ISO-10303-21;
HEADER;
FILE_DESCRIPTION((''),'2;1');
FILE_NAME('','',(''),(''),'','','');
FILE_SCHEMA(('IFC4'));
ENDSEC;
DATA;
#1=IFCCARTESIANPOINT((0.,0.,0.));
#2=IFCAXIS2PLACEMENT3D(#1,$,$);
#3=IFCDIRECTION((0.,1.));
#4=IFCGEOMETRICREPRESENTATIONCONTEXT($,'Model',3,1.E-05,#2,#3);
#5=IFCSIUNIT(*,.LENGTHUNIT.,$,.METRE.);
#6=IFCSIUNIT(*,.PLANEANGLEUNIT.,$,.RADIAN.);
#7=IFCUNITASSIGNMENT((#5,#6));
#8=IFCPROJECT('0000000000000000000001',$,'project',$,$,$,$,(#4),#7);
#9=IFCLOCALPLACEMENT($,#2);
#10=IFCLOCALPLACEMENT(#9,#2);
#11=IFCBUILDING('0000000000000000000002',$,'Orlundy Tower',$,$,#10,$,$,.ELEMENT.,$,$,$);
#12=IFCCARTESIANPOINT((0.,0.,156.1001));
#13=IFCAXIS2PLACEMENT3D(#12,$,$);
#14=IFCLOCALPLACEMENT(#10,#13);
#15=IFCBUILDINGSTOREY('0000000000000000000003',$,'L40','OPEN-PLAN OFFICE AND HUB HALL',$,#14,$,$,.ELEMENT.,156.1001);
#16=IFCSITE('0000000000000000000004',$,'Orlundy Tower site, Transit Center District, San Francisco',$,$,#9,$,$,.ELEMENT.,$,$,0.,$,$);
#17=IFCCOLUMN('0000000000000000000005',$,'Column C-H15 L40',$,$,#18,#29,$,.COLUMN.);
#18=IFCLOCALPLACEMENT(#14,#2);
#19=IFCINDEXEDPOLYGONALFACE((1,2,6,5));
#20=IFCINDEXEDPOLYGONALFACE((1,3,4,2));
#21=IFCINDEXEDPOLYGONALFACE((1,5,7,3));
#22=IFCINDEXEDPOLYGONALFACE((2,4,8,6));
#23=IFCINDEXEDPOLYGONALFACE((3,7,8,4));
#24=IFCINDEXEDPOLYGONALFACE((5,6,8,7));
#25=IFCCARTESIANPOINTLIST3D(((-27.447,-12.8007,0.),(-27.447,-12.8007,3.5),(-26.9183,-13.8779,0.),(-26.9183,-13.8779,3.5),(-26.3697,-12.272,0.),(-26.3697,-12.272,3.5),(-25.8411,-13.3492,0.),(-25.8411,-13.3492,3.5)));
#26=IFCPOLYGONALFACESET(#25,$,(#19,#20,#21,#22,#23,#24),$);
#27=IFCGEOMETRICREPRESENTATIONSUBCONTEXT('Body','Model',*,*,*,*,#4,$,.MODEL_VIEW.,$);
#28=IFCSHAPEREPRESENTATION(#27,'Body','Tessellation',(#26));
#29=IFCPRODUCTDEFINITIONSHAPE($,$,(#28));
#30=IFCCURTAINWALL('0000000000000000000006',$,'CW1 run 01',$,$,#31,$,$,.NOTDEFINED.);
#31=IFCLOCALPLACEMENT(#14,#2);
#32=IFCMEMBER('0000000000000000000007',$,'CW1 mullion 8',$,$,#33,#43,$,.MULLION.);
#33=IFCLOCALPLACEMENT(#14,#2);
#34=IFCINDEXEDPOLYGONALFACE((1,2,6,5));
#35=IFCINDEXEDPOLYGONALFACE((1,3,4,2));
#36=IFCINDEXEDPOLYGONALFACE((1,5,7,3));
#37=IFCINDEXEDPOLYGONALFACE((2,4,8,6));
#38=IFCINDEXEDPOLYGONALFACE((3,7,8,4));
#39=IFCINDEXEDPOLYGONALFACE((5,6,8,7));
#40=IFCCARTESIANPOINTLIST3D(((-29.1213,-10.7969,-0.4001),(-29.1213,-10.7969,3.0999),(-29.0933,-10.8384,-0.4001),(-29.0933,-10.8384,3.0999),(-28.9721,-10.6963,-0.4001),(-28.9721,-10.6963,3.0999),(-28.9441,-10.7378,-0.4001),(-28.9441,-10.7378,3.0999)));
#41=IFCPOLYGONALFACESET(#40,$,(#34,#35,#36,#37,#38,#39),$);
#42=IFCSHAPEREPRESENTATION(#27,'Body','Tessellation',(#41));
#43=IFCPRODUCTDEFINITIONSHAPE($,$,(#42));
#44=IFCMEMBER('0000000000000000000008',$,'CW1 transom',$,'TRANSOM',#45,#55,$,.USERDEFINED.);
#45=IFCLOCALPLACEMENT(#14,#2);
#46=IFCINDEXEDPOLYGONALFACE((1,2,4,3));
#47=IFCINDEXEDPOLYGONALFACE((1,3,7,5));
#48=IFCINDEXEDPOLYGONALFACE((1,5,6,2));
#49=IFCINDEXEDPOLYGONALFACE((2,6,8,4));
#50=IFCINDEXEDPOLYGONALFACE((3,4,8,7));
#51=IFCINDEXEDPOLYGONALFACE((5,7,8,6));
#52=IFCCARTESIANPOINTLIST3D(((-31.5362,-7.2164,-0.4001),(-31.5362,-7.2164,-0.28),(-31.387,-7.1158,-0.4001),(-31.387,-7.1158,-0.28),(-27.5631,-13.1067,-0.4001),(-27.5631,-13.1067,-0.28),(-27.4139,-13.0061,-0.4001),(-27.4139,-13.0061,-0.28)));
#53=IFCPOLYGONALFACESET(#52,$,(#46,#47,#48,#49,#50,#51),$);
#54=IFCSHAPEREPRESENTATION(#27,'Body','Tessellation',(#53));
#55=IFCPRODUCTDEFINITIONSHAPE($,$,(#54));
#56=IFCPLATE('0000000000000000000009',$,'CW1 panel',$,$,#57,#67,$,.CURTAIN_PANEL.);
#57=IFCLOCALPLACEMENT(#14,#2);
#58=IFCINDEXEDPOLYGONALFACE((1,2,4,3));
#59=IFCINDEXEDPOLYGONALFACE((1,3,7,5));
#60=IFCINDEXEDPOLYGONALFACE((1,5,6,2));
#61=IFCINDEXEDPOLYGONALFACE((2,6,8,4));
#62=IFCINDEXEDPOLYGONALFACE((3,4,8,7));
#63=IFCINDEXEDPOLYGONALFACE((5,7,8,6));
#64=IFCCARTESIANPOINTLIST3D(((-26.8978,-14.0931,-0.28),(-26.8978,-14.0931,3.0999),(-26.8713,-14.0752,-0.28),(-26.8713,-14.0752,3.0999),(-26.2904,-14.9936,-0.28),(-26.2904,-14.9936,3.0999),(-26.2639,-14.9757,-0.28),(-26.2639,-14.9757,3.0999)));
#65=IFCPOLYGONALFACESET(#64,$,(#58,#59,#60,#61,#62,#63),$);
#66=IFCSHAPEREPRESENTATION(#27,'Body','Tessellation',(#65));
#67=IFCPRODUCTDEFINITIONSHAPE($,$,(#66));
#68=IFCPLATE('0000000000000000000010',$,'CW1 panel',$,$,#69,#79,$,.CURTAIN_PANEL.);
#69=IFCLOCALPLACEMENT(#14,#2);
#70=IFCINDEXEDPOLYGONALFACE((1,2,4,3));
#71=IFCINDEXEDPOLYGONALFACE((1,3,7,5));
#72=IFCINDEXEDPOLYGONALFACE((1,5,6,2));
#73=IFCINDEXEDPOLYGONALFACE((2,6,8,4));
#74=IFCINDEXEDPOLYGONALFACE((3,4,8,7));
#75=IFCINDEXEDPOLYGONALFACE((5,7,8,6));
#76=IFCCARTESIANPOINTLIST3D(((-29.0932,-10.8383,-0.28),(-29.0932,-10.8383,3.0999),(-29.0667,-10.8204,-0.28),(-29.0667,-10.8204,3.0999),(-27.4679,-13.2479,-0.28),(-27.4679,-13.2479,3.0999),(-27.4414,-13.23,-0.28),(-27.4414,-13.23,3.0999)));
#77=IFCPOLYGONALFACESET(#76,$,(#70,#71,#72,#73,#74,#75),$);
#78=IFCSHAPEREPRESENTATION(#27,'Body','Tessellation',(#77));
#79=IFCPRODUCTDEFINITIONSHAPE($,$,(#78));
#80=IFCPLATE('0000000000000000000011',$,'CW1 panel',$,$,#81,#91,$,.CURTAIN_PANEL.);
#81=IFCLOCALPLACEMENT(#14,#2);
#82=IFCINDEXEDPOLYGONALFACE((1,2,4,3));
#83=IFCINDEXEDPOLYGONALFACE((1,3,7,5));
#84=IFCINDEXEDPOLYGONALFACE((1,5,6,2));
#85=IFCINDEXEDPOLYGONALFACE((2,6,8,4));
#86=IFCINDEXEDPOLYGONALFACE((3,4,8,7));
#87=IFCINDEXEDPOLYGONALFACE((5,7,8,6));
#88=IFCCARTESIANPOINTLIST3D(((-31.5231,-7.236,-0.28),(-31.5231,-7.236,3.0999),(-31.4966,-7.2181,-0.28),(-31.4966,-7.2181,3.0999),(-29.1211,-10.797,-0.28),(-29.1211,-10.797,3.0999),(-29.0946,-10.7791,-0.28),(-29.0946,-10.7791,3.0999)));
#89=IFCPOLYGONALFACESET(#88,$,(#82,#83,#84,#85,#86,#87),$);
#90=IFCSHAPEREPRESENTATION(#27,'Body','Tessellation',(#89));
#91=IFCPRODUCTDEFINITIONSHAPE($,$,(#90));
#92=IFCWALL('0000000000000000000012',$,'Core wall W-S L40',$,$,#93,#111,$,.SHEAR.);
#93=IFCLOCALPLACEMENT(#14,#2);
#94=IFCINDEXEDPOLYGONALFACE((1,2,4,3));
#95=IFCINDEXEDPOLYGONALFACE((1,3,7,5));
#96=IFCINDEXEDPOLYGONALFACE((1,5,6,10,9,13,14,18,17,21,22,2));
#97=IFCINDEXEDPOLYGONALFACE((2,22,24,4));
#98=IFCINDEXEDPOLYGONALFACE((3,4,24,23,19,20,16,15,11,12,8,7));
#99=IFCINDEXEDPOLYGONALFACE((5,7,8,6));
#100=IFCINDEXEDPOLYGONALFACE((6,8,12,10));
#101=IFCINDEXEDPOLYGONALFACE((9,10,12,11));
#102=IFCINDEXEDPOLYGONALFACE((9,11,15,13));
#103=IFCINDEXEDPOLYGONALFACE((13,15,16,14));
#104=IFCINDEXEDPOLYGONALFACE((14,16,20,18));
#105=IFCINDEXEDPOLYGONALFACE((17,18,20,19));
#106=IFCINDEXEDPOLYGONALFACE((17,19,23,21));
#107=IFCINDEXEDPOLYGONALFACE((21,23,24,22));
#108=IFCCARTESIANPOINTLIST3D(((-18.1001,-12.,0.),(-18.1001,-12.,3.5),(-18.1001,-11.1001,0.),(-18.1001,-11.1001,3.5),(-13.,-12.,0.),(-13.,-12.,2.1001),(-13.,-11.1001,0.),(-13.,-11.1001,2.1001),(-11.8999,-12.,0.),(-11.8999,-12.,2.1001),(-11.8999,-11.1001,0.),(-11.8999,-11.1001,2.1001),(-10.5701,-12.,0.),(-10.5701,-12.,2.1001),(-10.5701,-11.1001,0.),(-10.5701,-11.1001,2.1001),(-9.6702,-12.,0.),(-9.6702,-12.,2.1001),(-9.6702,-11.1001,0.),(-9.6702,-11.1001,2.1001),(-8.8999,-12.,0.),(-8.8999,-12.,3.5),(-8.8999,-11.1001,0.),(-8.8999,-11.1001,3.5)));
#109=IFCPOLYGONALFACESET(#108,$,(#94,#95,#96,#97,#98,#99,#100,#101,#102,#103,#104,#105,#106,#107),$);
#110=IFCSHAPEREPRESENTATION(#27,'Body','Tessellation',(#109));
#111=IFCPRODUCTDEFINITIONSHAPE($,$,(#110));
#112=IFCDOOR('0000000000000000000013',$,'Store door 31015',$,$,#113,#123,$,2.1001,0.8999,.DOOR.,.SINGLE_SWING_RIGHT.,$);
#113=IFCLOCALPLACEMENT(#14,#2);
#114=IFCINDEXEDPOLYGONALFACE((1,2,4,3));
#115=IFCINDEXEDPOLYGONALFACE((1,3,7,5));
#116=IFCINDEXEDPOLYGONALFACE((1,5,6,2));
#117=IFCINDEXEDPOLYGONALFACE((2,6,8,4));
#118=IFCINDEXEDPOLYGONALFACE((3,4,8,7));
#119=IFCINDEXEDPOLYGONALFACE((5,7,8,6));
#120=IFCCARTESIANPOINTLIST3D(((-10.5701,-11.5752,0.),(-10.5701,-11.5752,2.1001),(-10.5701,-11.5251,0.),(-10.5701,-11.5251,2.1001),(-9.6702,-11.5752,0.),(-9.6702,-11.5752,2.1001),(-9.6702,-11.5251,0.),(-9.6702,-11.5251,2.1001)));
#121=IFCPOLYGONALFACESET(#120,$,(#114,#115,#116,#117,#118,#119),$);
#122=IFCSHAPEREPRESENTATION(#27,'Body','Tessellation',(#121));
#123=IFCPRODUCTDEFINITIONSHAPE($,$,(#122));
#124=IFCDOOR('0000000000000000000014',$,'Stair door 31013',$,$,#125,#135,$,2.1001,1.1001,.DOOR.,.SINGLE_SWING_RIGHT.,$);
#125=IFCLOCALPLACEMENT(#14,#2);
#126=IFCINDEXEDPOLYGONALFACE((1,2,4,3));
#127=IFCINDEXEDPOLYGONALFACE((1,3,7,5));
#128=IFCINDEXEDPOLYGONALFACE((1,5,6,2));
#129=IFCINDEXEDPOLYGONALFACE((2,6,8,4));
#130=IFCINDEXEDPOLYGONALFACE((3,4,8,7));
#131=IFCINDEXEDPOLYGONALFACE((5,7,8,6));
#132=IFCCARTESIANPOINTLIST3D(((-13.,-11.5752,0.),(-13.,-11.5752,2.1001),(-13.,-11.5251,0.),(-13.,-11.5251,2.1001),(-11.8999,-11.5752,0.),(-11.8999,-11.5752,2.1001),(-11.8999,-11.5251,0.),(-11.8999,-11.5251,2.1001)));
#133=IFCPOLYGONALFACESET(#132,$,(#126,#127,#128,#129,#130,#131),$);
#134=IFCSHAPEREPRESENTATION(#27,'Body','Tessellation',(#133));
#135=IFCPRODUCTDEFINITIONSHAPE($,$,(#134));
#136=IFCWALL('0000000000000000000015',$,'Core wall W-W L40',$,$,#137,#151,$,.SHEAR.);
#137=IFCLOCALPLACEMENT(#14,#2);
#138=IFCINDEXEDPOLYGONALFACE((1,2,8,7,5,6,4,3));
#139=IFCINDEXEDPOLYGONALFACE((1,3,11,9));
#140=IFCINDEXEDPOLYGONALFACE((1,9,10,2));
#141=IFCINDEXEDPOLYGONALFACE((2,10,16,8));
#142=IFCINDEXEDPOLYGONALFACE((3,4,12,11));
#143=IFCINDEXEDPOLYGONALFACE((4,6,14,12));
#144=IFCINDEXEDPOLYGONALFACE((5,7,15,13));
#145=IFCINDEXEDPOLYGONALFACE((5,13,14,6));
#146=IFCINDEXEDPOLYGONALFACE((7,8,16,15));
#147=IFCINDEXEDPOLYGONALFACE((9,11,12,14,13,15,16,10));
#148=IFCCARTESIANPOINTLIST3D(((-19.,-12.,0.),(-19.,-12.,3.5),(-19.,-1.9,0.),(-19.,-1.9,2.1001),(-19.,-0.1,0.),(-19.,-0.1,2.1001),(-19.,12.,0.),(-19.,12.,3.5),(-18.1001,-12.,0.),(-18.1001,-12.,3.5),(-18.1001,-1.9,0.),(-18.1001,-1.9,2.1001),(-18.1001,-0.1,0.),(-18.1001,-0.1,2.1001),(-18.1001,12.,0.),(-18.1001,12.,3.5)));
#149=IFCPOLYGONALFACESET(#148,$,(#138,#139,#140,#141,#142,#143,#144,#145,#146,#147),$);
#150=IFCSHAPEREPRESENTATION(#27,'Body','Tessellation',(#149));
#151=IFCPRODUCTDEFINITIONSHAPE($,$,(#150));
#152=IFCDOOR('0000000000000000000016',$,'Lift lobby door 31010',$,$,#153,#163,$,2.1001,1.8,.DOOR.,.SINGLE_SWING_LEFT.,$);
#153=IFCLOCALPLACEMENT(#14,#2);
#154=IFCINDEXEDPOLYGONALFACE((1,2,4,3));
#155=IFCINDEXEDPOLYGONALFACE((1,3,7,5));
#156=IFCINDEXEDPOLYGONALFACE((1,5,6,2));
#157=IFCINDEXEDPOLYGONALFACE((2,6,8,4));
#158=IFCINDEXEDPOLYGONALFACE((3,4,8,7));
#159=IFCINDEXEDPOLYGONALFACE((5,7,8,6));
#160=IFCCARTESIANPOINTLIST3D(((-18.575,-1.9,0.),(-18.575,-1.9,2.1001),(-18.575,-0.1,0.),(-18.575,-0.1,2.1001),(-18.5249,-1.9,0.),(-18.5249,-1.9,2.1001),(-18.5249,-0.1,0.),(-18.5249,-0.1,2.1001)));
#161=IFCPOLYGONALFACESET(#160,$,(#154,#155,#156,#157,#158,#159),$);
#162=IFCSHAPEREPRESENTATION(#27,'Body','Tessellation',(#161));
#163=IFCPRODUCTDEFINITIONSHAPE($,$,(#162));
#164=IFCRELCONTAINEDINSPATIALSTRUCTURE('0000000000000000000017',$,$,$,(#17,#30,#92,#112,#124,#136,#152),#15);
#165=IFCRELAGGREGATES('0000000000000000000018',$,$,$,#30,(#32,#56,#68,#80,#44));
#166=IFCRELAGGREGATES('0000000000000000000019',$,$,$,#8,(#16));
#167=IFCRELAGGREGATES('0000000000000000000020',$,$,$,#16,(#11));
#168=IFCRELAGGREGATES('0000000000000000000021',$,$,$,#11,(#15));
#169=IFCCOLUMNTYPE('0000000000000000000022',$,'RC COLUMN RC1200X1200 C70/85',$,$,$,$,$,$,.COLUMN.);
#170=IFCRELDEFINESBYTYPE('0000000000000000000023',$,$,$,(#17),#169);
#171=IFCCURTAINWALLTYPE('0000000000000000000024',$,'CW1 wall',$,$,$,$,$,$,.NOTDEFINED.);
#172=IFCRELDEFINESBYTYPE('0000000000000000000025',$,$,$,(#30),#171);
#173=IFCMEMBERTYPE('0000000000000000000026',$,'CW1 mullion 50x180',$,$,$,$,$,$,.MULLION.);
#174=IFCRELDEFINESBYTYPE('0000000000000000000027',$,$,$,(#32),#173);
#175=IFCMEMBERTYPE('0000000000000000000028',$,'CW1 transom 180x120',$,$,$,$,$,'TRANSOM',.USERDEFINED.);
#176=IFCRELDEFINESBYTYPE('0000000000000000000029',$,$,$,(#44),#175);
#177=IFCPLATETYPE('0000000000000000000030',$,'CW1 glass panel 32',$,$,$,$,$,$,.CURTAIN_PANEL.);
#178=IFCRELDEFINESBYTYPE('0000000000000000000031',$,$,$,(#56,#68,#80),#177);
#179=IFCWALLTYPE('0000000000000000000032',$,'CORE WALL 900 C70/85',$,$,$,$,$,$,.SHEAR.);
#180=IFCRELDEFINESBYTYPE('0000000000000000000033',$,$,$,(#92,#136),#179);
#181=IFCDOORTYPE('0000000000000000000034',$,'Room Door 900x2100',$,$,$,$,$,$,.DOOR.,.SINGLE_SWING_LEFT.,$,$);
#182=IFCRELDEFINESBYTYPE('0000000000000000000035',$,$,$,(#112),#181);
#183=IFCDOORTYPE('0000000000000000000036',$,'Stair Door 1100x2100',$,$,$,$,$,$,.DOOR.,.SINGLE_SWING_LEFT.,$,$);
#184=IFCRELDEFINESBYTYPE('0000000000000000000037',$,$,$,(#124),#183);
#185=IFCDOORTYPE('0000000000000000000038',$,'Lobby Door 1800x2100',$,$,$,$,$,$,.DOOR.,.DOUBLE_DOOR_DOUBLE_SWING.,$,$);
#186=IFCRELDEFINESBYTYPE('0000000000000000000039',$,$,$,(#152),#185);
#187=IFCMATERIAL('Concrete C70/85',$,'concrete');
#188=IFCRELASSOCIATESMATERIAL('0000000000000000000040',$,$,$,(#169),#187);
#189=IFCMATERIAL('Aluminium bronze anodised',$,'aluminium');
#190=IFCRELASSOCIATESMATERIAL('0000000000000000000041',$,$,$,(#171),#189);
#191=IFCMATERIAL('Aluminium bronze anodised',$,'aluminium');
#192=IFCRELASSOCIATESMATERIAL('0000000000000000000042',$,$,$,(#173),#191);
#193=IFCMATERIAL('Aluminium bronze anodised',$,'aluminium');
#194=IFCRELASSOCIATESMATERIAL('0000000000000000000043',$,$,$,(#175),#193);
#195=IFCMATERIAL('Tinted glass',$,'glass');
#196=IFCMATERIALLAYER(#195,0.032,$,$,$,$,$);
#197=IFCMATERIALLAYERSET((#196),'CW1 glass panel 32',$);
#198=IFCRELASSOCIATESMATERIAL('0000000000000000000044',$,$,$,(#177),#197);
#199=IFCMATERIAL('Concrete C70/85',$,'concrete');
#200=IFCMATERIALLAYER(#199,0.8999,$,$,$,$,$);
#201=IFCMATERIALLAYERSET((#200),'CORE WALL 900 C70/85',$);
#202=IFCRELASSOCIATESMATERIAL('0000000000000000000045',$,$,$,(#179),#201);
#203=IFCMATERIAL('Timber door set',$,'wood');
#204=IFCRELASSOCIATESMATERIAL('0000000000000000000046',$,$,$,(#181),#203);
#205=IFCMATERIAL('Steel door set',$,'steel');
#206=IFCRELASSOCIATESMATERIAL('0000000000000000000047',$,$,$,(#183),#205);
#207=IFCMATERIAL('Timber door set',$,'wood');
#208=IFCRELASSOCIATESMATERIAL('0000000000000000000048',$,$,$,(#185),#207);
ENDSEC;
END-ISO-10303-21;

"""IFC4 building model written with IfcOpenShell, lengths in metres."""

from ifc_helpers import new_model, si_unit, direction, frame, frame_2d, origin, origin_2d, place, context, subcontext, project, spatial, rectangle, extrude, material, layer, layer_set, material_profile, profile_set, type_object, element, fill, aggregate, save


model = new_model("IFC4")

# Units and contexts
model_context = context("Model", 3, precision=1e-05, world=origin(), true_north=direction((0.0, 1.0)))
body_context = subcontext(model_context, "Body", "Model", "MODEL_VIEW")
ifc_project = project(units=[si_unit("LENGTHUNIT", "METRE"), si_unit("PLANEANGLEUNIT", "RADIAN")], contexts=[model_context])

# Site, building, storey
site_placement = place(None, origin())
site = spatial("IfcSite", under=ifc_project, at=site_placement, Name="Orlundy Tower site, Transit Center District, San Francisco", CompositionType="ELEMENT", RefElevation=0.0)
building_placement = place(site_placement, origin())
building = spatial("IfcBuilding", under=site, at=building_placement, Name="Orlundy Tower", CompositionType="ELEMENT")
storey_placement = place(building_placement, frame((0.0, 0.0, 156.1001)))
storey = spatial("IfcBuildingStorey", under=building, at=storey_placement, Name="L40", Description="OPEN-PLAN OFFICE AND HUB HALL", CompositionType="ELEMENT", Elevation=156.1001)

# Column
ifc_material_1 = material(Name="Concrete C70/85", Category="concrete")
ifc_material_profile_1 = material_profile(ifc_material_1, rectangle(XDim=1.2, YDim=1.2, at=origin_2d()), Name="RC1200X1200")
ifc_profile_set_1 = profile_set([ifc_material_profile_1], Name="Concrete C70/85")
column_type = type_object("IfcColumnType", Name="RC COLUMN RC1200X1200 C70/85", PredefinedType="COLUMN", material=ifc_profile_set_1)
column_placement = place(storey_placement, frame((-26.644, -13.075, 0.0), z_axis=(0.0, 0.0, 1.0), x_axis=(-0.897728, -0.44055, 0.0)))
element("IfcColumn", 1, at=column_placement, inside=storey, type_object=column_type, Name="Column C-H15 L40", PredefinedType="COLUMN", context=body_context, shape_type="SweptSolid", body=[
    extrude(rectangle(XDim=1.2, YDim=1.2, at=origin_2d()), origin(), (0.0, 0.0, 1.0), 3.5),
])

# Curtain wall, members, plates
ifc_material_2 = material(Name="Aluminium bronze anodised", Category="aluminium")
curtain_wall_type = type_object("IfcCurtainWallType", Name="CW1 wall", PredefinedType="NOTDEFINED", material=ifc_material_2)
curtain_wall_placement = place(storey_placement, origin())
curtain_wall = element("IfcCurtainWall", 2, at=curtain_wall_placement, inside=storey, type_object=curtain_wall_type, Name="CW1 run 01", PredefinedType="NOTDEFINED")
ifc_material_3 = material(Name="Aluminium bronze anodised", Category="aluminium")
ifc_material_profile_2 = material_profile(ifc_material_3, rectangle(XDim=0.1799, YDim=0.05, at=origin_2d()), Name="CW1 mullion 50x180")
ifc_profile_set_2 = profile_set([ifc_material_profile_2], Name="Aluminium bronze anodised")
member_type_1 = type_object("IfcMemberType", Name="CW1 mullion 50x180", PredefinedType="MULLION", material=ifc_profile_set_2)
member_1_placement = place(storey_placement, frame((-29.0327, -10.7673, -0.4001), z_axis=(0.0, 0.0, 1.0), x_axis=(-0.829032, -0.559201, 0.0)))
member_1 = element("IfcMember", 3, at=member_1_placement, type_object=member_type_1, Name="CW1 mullion 8", PredefinedType="MULLION", context=body_context, shape_type="SweptSolid", body=[
    extrude(rectangle(XDim=0.1799, YDim=0.05, at=origin_2d()), origin(), (0.0, 0.0, 1.0), 3.5),
])
ifc_material_4 = material(Name="Aluminium bronze anodised", Category="aluminium")
ifc_material_profile_3 = material_profile(ifc_material_4, rectangle(XDim=0.1799, YDim=0.1201, at=origin_2d()), Name="CW1 transom 180x120")
ifc_profile_set_3 = profile_set([ifc_material_profile_3], Name="Aluminium bronze anodised")
member_type_2 = type_object("IfcMemberType", Name="CW1 transom 180x120", ElementType="TRANSOM", PredefinedType="USERDEFINED", material=ifc_profile_set_3)
member_2_placement = place(storey_placement, frame((-27.4885, -13.0564, -0.3401), z_axis=(-0.559196, 0.829035, 0.0), x_axis=(-0.829035, -0.559196, 0.0)))
member_2 = element("IfcMember", 4, at=member_2_placement, type_object=member_type_2, Name="CW1 transom", ObjectType="TRANSOM", PredefinedType="USERDEFINED", context=body_context, shape_type="SweptSolid", body=[
    extrude(rectangle(XDim=0.1799, YDim=0.1201, at=origin_2d()), origin(), (0.0, 0.0, 1.0), 7.105),
])
ifc_material_5 = material(Name="Tinted glass", Category="glass")
ifc_layer_1 = layer(ifc_material_5, 0.032)
ifc_layer_set_1 = layer_set([ifc_layer_1], Name="CW1 glass panel 32")
plate_type = type_object("IfcPlateType", Name="CW1 glass panel 32", PredefinedType="CURTAIN_PANEL", material=ifc_layer_set_1)
plate_1_placement = place(storey_placement, frame((-26.5808, -14.5344, -0.28), z_axis=(0.0, 0.0, 1.0), x_axis=(-0.559201, 0.829032, 0.0)))
plate_1 = element("IfcPlate", 5, at=plate_1_placement, type_object=plate_type, Name="CW1 panel", PredefinedType="CURTAIN_PANEL", context=body_context, shape_type="SweptSolid", body=[
    extrude(rectangle(XDim=1.0862, YDim=0.032, at=origin_2d()), origin(), (0.0, 0.0, 1.0), 3.3799),
])
plate_2_placement = place(storey_placement, frame((-28.2673, -12.0342, -0.28), z_axis=(0.0, 0.0, 1.0), x_axis=(-0.559201, 0.829032, 0.0)))
plate_2 = element("IfcPlate", 6, at=plate_2_placement, type_object=plate_type, Name="CW1 panel", PredefinedType="CURTAIN_PANEL", context=body_context, shape_type="SweptSolid", body=[
    extrude(rectangle(XDim=2.9065, YDim=0.032, at=origin_2d()), origin(), (0.0, 0.0, 1.0), 3.3799),
])
plate_3_placement = place(storey_placement, frame((-30.3088, -9.0076, -0.28), z_axis=(0.0, 0.0, 1.0), x_axis=(-0.559201, 0.829032, 0.0)))
plate_3 = element("IfcPlate", 7, at=plate_3_placement, type_object=plate_type, Name="CW1 panel", PredefinedType="CURTAIN_PANEL", context=body_context, shape_type="SweptSolid", body=[
    extrude(rectangle(XDim=4.2954, YDim=0.032, at=origin_2d()), origin(), (0.0, 0.0, 1.0), 3.3799),
])
aggregate(curtain_wall, [member_1, plate_1, plate_2, plate_3, member_2])

# Wall, openings, doors
ifc_material_6 = material(Name="Concrete C70/85", Category="concrete")
ifc_layer_2 = layer(ifc_material_6, 0.8999)
ifc_layer_set_2 = layer_set([ifc_layer_2], Name="CORE WALL 900 C70/85")
wall_type_1 = type_object("IfcWallType", Name="CORE WALL 900 C70/85", PredefinedType="SHEAR", material=ifc_layer_set_2)
wall_1_placement = place(storey_placement, frame((-18.1001, -11.55, 0.0), z_axis=(0.0, 0.0, 1.0), x_axis=(1.0, 0.0, 0.0)))
wall_1 = element("IfcWall", 8, at=wall_1_placement, inside=storey, type_object=wall_type_1, Name="Core wall W-S L40", PredefinedType="SHEAR", context=body_context, shape_type="SweptSolid", body=[
    extrude(rectangle(XDim=9.2002, YDim=0.8999, at=frame_2d((4.6001, 0.0))), origin(), (0.0, 0.0, 1.0), 3.5),
])
opening_1_placement = place(wall_1_placement, frame((5.1001, 0.0, 0.0)))
opening_1 = element("IfcOpeningElement", 9, at=opening_1_placement, cuts=wall_1, PredefinedType="OPENING", context=body_context, shape_type="SweptSolid", body=[
    extrude(rectangle(XDim=1.1001, YDim=2.1001, at=frame_2d((0.55, 1.05))), frame((0.0, 0.46, 0.0), z_axis=(0.0, -1.0, 0.0), x_axis=(1.0, 0.0, 0.0)), (0.0, 0.0, 1.0), 0.9199),
])
opening_2_placement = place(wall_1_placement, frame((7.53, 0.0, 0.0)))
opening_2 = element("IfcOpeningElement", 10, at=opening_2_placement, cuts=wall_1, PredefinedType="OPENING", context=body_context, shape_type="SweptSolid", body=[
    extrude(rectangle(XDim=0.8999, YDim=2.1001, at=frame_2d((0.45, 1.05))), frame((0.0, 0.46, 0.0), z_axis=(0.0, -1.0, 0.0), x_axis=(1.0, 0.0, 0.0)), (0.0, 0.0, 1.0), 0.9199),
])
ifc_material_7 = material(Name="Timber door set", Category="wood")
door_type_1 = type_object("IfcDoorType", Name="Room Door 900x2100", OperationType="SINGLE_SWING_LEFT", PredefinedType="DOOR", material=ifc_material_7)
door_1_placement = place(opening_2_placement, origin())
door_1 = element("IfcDoor", 11, at=door_1_placement, inside=storey, type_object=door_type_1, Name="Store door 31015", OperationType="SINGLE_SWING_RIGHT", OverallHeight=2.1001, OverallWidth=0.8999, PredefinedType="DOOR", context=body_context, shape_type="SweptSolid", body=[
    extrude(rectangle(XDim=0.8999, YDim=2.1001, at=frame_2d((0.45, 1.05))), frame((0.0, 0.0249, 0.0), z_axis=(0.0, -1.0, 0.0), x_axis=(1.0, 0.0, 0.0)), (0.0, 0.0, 1.0), 0.05),
])
fill(opening_2, door_1)
ifc_material_8 = material(Name="Steel door set", Category="steel")
door_type_2 = type_object("IfcDoorType", Name="Stair Door 1100x2100", OperationType="SINGLE_SWING_LEFT", PredefinedType="DOOR", material=ifc_material_8)
door_2_placement = place(opening_1_placement, origin())
door_2 = element("IfcDoor", 12, at=door_2_placement, inside=storey, type_object=door_type_2, Name="Stair door 31013", OperationType="SINGLE_SWING_RIGHT", OverallHeight=2.1001, OverallWidth=1.1001, PredefinedType="DOOR", context=body_context, shape_type="SweptSolid", body=[
    extrude(rectangle(XDim=1.1001, YDim=2.1001, at=frame_2d((0.55, 1.05))), frame((0.0, 0.0249, 0.0), z_axis=(0.0, -1.0, 0.0), x_axis=(1.0, 0.0, 0.0)), (0.0, 0.0, 1.0), 0.05),
])
fill(opening_1, door_2)

# Wall, opening, door
wall_2_placement = place(storey_placement, frame((-18.55, -12.0, 0.0), z_axis=(0.0, 0.0, 1.0), x_axis=(0.0, 1.0, 0.0)))
wall_2 = element("IfcWall", 13, at=wall_2_placement, inside=storey, type_object=wall_type_1, Name="Core wall W-W L40", PredefinedType="SHEAR", context=body_context, shape_type="SweptSolid", body=[
    extrude(rectangle(XDim=24.0, YDim=0.8999, at=frame_2d((12.0, 0.0))), origin(), (0.0, 0.0, 1.0), 3.5),
])
opening_3_placement = place(wall_2_placement, frame((10.1001, 0.0, 0.0)))
opening_3 = element("IfcOpeningElement", 14, at=opening_3_placement, cuts=wall_2, PredefinedType="OPENING", context=body_context, shape_type="SweptSolid", body=[
    extrude(rectangle(XDim=1.8, YDim=2.1001, at=frame_2d((0.8999, 1.05))), frame((0.0, 0.46, 0.0), z_axis=(0.0, -1.0, 0.0), x_axis=(1.0, 0.0, 0.0)), (0.0, 0.0, 1.0), 0.9199),
])
ifc_material_9 = material(Name="Timber door set", Category="wood")
door_type_3 = type_object("IfcDoorType", Name="Lobby Door 1800x2100", OperationType="DOUBLE_DOOR_DOUBLE_SWING", PredefinedType="DOOR", material=ifc_material_9)
door_3_placement = place(opening_3_placement, origin())
door_3 = element("IfcDoor", 15, at=door_3_placement, inside=storey, type_object=door_type_3, Name="Lift lobby door 31010", OperationType="SINGLE_SWING_LEFT", OverallHeight=2.1001, OverallWidth=1.8, PredefinedType="DOOR", context=body_context, shape_type="SweptSolid", body=[
    extrude(rectangle(XDim=1.8, YDim=2.1001, at=frame_2d((0.8999, 1.05))), frame((0.0, 0.0249, 0.0), z_axis=(0.0, -1.0, 0.0), x_axis=(1.0, 0.0, 0.0)), (0.0, 0.0, 1.0), 0.05),
])
fill(opening_3, door_3)

save(model, "model.ifc")
